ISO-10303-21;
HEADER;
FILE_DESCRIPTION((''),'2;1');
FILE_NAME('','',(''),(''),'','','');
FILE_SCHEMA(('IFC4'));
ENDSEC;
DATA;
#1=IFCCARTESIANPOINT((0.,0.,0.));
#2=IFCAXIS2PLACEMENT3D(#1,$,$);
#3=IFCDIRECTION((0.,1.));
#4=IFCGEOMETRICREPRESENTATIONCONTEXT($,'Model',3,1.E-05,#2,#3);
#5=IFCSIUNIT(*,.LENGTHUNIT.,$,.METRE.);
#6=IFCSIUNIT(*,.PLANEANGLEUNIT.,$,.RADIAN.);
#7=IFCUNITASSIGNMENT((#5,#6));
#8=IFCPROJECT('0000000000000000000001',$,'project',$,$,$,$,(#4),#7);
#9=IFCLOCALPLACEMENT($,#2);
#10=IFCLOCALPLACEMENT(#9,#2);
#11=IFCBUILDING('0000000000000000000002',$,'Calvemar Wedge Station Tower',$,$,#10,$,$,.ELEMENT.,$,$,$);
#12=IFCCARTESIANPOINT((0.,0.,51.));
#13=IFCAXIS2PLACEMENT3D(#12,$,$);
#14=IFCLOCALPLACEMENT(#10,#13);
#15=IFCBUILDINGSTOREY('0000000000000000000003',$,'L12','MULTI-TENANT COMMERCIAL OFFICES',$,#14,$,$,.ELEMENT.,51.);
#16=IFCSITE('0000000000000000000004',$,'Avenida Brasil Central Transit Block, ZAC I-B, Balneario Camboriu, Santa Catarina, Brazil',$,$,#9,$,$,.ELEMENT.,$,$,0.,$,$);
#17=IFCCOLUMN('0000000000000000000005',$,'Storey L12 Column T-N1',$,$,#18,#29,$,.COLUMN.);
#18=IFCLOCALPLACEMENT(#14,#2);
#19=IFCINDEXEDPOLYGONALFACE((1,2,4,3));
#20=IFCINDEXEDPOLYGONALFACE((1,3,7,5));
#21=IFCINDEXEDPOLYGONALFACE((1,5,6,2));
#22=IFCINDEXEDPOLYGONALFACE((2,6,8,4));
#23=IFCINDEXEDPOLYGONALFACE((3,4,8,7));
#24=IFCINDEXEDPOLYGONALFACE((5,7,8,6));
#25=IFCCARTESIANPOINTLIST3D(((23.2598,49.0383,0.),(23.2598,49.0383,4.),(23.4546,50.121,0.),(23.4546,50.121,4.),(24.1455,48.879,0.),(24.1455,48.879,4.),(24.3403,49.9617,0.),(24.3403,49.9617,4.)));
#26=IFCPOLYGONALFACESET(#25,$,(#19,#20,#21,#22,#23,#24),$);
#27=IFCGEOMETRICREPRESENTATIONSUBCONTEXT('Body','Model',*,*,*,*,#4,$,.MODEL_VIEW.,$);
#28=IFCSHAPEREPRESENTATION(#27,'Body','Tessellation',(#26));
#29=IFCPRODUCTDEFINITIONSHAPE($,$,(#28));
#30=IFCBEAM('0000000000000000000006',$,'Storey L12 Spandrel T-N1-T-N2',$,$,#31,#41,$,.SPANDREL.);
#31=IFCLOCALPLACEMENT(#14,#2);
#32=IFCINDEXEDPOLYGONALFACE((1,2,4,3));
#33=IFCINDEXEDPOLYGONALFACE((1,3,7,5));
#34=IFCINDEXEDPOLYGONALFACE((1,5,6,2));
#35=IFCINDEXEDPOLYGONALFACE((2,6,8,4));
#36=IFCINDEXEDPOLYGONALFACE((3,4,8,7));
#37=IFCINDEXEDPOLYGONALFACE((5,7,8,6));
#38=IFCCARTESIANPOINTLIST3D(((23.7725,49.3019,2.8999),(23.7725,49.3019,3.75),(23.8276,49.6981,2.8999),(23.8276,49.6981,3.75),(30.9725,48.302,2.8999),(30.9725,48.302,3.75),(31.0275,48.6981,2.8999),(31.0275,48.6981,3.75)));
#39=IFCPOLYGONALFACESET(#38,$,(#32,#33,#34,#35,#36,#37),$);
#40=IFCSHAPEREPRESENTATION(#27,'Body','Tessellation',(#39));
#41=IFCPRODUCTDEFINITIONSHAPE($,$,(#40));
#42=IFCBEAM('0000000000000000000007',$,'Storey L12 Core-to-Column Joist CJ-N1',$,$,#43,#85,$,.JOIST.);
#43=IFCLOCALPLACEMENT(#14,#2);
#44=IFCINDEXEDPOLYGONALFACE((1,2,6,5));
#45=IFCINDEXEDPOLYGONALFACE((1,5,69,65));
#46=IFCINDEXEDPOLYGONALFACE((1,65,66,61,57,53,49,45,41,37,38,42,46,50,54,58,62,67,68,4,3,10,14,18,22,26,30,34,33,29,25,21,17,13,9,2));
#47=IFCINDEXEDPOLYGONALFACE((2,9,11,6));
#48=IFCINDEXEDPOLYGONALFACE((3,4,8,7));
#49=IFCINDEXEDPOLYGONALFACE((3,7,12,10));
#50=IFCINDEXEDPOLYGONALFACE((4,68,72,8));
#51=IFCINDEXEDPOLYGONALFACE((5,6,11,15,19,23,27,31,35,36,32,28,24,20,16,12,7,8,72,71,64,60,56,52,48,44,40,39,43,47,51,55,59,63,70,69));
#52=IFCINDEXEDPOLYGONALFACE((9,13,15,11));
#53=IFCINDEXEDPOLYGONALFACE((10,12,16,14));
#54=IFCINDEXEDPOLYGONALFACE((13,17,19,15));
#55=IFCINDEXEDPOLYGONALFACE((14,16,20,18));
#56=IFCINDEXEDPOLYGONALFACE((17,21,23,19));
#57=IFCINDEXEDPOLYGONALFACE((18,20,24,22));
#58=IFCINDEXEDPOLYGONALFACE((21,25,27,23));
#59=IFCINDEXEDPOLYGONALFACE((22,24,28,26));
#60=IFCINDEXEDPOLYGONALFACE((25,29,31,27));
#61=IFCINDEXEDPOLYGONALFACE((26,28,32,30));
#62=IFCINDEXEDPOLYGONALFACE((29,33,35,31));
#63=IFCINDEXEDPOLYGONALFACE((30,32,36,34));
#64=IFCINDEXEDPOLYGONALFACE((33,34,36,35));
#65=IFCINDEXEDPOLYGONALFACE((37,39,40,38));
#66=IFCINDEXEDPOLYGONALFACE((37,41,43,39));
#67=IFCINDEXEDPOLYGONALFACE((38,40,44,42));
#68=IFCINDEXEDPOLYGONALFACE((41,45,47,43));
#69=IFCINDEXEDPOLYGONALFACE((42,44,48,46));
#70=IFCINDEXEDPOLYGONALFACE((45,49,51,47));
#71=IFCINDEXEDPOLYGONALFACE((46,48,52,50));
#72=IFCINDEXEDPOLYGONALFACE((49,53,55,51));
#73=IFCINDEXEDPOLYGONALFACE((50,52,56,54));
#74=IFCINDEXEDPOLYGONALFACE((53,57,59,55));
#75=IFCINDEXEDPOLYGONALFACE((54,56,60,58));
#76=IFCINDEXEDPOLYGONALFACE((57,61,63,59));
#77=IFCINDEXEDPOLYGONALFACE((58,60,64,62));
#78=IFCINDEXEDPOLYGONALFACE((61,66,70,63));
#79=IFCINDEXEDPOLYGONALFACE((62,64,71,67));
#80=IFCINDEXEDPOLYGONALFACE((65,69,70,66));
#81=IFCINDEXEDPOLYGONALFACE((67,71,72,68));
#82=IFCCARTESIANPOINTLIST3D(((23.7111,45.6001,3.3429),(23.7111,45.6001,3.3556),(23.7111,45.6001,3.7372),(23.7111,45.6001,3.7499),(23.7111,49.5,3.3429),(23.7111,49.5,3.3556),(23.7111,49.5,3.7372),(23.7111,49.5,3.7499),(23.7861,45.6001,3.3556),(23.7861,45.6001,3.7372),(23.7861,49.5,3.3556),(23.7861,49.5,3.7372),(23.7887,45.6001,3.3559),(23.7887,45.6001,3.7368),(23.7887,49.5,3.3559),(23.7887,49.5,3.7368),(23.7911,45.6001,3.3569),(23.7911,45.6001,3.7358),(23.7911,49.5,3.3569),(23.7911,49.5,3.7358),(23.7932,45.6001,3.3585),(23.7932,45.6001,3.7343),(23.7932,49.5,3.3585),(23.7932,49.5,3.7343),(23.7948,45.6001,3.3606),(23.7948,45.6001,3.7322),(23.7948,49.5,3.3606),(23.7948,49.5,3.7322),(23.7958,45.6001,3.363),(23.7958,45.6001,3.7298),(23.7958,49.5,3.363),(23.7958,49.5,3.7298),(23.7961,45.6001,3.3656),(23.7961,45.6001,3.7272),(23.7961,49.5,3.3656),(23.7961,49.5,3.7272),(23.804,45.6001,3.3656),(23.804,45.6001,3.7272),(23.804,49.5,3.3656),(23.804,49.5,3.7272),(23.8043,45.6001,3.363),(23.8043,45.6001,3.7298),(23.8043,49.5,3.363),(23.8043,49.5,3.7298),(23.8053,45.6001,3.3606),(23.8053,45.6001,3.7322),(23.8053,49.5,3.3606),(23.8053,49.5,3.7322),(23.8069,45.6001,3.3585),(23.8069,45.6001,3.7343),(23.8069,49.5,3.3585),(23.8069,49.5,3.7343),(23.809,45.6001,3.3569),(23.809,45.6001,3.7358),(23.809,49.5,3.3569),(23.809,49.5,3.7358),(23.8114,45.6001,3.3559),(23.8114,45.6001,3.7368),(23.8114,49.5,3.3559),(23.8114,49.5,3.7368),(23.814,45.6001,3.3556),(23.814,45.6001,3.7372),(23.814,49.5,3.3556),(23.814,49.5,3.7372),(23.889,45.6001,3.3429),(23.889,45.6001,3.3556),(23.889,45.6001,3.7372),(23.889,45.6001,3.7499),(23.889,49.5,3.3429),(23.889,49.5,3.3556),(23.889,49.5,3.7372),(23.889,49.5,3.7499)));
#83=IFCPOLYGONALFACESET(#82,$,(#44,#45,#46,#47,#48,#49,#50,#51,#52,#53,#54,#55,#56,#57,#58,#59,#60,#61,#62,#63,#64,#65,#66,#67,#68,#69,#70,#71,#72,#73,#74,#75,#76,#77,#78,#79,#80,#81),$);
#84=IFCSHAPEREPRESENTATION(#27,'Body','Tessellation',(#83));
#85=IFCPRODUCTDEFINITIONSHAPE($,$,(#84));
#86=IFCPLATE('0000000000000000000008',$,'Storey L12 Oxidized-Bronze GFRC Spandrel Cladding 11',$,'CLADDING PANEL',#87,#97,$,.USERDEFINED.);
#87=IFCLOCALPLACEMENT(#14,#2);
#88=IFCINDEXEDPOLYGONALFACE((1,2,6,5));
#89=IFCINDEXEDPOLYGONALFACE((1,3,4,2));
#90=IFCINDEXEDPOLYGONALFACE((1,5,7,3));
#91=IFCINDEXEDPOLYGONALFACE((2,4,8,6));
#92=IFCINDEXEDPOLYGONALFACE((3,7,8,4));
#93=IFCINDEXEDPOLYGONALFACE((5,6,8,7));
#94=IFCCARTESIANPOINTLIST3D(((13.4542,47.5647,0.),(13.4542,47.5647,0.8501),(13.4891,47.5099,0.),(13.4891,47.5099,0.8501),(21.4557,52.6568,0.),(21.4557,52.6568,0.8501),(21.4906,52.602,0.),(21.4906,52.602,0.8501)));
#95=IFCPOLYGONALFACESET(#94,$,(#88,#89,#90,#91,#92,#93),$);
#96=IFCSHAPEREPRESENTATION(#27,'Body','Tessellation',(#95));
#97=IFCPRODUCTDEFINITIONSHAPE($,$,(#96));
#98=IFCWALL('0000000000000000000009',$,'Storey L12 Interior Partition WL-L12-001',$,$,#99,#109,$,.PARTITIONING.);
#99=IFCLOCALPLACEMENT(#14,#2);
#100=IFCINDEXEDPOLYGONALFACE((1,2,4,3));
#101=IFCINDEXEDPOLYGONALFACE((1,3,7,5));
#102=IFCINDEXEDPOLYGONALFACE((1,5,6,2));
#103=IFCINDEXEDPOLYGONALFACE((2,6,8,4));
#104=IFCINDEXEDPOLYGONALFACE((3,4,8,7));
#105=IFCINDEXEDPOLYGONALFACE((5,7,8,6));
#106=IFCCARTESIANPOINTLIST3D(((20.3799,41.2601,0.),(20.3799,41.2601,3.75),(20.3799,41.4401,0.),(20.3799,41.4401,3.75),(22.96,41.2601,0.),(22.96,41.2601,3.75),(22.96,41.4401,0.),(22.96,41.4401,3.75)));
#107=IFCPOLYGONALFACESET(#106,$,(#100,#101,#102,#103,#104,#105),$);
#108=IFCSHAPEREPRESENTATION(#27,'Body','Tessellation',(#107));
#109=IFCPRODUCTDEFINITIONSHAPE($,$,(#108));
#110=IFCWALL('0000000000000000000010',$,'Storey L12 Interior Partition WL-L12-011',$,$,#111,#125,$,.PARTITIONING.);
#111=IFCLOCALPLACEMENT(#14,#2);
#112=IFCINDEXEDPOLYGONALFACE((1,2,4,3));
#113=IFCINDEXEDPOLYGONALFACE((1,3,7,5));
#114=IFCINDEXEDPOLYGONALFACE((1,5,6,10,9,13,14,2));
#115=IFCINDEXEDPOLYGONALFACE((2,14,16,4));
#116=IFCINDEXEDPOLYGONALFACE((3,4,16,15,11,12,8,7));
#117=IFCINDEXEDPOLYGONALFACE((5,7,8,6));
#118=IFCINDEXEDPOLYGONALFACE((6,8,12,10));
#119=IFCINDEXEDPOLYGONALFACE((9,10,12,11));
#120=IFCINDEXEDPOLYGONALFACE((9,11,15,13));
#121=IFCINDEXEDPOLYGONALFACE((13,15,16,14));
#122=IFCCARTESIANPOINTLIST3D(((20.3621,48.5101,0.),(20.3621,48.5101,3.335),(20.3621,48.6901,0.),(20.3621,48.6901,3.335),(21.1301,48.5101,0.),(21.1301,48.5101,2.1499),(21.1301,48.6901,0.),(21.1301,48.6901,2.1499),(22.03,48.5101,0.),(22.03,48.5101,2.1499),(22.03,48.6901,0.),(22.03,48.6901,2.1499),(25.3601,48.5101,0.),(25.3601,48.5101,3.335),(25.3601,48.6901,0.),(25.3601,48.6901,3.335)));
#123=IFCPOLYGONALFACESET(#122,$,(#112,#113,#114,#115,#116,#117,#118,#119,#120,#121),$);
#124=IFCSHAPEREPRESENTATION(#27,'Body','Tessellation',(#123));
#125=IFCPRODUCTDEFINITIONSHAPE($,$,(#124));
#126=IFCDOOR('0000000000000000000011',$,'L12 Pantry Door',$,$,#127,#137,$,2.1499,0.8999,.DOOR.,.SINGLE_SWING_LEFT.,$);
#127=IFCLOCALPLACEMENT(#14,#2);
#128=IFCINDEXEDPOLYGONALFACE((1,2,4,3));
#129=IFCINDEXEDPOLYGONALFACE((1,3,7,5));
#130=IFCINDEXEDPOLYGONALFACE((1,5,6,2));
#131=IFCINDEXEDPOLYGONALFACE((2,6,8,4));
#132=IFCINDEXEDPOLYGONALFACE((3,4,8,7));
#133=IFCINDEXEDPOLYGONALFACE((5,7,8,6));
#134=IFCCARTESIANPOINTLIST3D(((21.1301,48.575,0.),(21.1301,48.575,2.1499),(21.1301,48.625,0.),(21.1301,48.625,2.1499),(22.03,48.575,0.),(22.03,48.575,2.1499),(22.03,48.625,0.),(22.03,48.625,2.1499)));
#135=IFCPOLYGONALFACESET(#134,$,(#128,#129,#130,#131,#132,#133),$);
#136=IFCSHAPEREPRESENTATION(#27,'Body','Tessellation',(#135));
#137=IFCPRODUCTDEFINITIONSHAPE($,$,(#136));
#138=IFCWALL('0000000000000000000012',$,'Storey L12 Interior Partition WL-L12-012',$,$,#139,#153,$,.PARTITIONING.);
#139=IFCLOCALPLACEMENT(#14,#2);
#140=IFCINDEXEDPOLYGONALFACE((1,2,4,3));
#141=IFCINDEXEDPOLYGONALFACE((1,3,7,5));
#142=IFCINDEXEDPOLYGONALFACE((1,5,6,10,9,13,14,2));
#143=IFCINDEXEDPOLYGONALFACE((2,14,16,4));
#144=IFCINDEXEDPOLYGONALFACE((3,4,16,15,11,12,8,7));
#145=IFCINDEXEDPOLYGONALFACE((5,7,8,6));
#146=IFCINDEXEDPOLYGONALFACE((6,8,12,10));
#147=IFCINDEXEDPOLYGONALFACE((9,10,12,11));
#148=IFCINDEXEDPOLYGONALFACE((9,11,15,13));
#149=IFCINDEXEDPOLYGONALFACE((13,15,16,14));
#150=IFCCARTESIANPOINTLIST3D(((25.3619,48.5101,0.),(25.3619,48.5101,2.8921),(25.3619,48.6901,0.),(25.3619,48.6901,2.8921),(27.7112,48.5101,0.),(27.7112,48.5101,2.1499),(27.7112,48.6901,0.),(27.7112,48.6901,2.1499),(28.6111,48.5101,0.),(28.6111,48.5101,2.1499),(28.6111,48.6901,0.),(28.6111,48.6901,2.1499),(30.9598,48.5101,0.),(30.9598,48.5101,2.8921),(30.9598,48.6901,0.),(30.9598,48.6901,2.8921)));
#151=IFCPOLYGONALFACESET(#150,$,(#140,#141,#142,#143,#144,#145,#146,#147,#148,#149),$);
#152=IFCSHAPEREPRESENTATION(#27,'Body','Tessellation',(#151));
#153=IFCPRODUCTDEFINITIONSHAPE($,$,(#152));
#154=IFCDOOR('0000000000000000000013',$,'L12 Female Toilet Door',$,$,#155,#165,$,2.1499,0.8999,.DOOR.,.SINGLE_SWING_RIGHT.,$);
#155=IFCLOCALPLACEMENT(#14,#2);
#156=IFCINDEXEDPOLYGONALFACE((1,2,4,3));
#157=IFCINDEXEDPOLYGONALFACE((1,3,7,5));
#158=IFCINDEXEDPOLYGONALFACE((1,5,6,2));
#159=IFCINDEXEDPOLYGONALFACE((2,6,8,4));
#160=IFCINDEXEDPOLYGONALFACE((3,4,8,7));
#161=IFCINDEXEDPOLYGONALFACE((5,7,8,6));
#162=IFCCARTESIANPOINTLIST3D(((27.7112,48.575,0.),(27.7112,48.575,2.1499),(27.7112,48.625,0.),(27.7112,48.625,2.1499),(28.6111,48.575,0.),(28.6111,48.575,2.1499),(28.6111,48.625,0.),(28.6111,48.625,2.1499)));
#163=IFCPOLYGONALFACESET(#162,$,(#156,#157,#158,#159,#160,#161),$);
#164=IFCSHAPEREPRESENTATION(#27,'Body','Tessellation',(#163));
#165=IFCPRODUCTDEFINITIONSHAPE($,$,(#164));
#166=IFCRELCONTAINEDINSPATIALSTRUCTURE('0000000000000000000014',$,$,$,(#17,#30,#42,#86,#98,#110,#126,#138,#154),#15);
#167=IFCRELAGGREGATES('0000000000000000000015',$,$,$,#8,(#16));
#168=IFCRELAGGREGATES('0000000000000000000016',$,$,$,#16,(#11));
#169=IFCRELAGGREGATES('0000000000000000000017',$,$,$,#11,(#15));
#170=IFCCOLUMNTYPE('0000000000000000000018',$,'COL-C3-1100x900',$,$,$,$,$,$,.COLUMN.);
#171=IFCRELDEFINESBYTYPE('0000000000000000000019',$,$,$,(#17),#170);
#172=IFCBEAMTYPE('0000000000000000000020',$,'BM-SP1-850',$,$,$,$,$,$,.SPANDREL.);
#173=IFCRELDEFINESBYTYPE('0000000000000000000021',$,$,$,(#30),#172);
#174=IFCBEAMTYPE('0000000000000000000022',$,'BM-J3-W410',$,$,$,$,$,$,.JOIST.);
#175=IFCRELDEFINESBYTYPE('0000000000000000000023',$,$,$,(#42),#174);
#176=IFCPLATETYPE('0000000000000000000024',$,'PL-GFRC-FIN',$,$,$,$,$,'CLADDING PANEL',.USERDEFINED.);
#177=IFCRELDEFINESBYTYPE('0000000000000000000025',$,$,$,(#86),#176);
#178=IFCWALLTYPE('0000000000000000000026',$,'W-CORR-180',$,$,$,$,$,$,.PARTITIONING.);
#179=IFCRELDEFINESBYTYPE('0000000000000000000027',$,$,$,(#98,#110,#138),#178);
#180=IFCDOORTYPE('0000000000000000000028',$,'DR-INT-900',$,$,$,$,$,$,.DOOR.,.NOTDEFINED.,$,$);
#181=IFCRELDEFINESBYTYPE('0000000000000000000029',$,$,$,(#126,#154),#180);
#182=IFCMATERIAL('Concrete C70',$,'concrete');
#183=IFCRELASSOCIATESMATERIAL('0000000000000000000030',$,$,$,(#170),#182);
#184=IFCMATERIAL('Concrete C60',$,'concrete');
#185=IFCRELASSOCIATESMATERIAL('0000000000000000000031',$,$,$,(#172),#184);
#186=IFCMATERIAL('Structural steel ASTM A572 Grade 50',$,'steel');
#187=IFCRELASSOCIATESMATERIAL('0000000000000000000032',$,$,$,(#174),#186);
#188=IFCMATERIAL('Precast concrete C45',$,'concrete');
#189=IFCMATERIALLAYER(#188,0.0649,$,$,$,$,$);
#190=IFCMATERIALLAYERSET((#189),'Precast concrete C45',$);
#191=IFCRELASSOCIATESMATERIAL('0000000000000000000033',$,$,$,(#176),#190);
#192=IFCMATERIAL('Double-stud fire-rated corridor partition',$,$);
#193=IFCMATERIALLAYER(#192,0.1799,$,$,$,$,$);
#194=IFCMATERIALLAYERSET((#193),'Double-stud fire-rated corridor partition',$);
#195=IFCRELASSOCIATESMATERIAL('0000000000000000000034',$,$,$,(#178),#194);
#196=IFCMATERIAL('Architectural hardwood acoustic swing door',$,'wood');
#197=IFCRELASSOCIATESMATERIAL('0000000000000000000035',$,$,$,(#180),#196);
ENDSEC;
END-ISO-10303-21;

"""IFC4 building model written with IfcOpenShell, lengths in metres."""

from ifc_helpers import new_model, si_unit, direction, frame, frame_2d, origin, origin_2d, place, context, subcontext, project, spatial, rectangle, i_section, extrude, source, transform, mapped, material, layer, layer_set, material_profile, profile_set, type_object, element, fill, save


model = new_model("IFC4")

# Units and contexts
model_context = context("Model", 3, precision=1e-05, world=origin(), true_north=direction((0.0, 1.0)))
body_context = subcontext(model_context, "Body", "Model", "MODEL_VIEW")
ifc_project = project(units=[si_unit("LENGTHUNIT", "METRE"), si_unit("PLANEANGLEUNIT", "RADIAN")], contexts=[model_context])

# Site, building, storey
site_placement = place(None, origin())
site = spatial("IfcSite", under=ifc_project, at=site_placement, Name="Avenida Brasil Central Transit Block, ZAC I-B, Balneario Camboriu, Santa Catarina, Brazil", CompositionType="ELEMENT", RefElevation=0.0)
building_placement = place(site_placement, origin())
building = spatial("IfcBuilding", under=site, at=building_placement, Name="Calvemar Wedge Station Tower", CompositionType="ELEMENT")
storey_placement = place(building_placement, frame((0.0, 0.0, 51.0)))
storey = spatial("IfcBuildingStorey", under=building, at=storey_placement, Name="L12", Description="MULTI-TENANT COMMERCIAL OFFICES", CompositionType="ELEMENT", Elevation=51.0)

# Column
ifc_material_1 = material(Name="Concrete C70", Category="concrete")
ifc_material_profile_1 = material_profile(ifc_material_1, rectangle(XDim=0.8999, YDim=1.1001, at=origin_2d()), Name="RC1100x900")
ifc_profile_set_1 = profile_set([ifc_material_profile_1], Name="Concrete C70")
column_type = type_object("IfcColumnType", Name="COL-C3-1100x900", PredefinedType="COLUMN", material=ifc_profile_set_1)
shared_shape_1 = source(origin(), body_context, "Body", "SweptSolid", [
    extrude(rectangle(XDim=0.8999, YDim=1.1001, at=origin_2d()), origin(), (0.0, 0.0, 1.0), 4.0),
])
column_placement = place(storey_placement, frame((23.8, 49.5, 0.0), z_axis=(0.0, 0.0, 1.0), x_axis=(0.984196, -0.177085, 0.0)))
element("IfcColumn", 1, at=column_placement, inside=storey, type_object=column_type, Name="Storey L12 Column T-N1", PredefinedType="COLUMN", context=body_context, shape_type="MappedRepresentation", body=[
    mapped(shared_shape_1, transform((0.0, 0.0, 0.0), scale=1.0)),
])

# Beams
ifc_material_2 = material(Name="Concrete C60", Category="concrete")
ifc_material_profile_2 = material_profile(ifc_material_2, rectangle(XDim=0.3999, YDim=0.8501, at=origin_2d()), Name="RC400x850")
ifc_profile_set_2 = profile_set([ifc_material_profile_2], Name="Concrete C60")
beam_type_1 = type_object("IfcBeamType", Name="BM-SP1-850", PredefinedType="SPANDREL", material=ifc_profile_set_2)
shared_shape_2 = source(origin(), body_context, "Body", "SweptSolid", [
    extrude(rectangle(XDim=0.3999, YDim=0.8501, at=origin_2d()), origin(), (0.0, 0.0, 1.0), 7.269),
])
beam_1_placement = place(storey_placement, frame((23.8, 49.5, 3.325), z_axis=(0.990492, -0.137569, 0.0), x_axis=(0.137569, 0.990492, 0.0)))
element("IfcBeam", 2, at=beam_1_placement, inside=storey, type_object=beam_type_1, Name="Storey L12 Spandrel T-N1-T-N2", PredefinedType="SPANDREL", context=body_context, shape_type="MappedRepresentation", body=[
    mapped(shared_shape_2, transform((0.0, 0.0, 0.0), scale=1.0)),
])
ifc_material_3 = material(Name="Structural steel ASTM A572 Grade 50", Category="steel")
ifc_material_profile_3 = material_profile(ifc_material_3, i_section(OverallWidth=0.178, OverallDepth=0.407, WebThickness=0.0078, FlangeThickness=0.0127, FilletRadius=0.01, at=origin_2d()), Name="W410x60")
ifc_profile_set_3 = profile_set([ifc_material_profile_3], Name="Structural steel ASTM A572 Grade 50")
beam_type_2 = type_object("IfcBeamType", Name="BM-J3-W410", PredefinedType="JOIST", material=ifc_profile_set_3)
shared_shape_3 = source(origin(), body_context, "Body", "SweptSolid", [
    extrude(i_section(OverallWidth=0.178, OverallDepth=0.407, WebThickness=0.0078, FlangeThickness=0.0127, FilletRadius=0.01, at=origin_2d()), origin(), (0.0, 0.0, 1.0), 3.8999),
])
beam_2_placement = place(storey_placement, frame((23.8, 45.6001, 3.5464), z_axis=(0.0, 1.0, 0.0), x_axis=(-1.0, 0.0, 0.0)))
element("IfcBeam", 3, at=beam_2_placement, inside=storey, type_object=beam_type_2, Name="Storey L12 Core-to-Column Joist CJ-N1", PredefinedType="JOIST", context=body_context, shape_type="MappedRepresentation", body=[
    mapped(shared_shape_3, transform((0.0, 0.0, 0.0), scale=1.0)),
])

# Plate
ifc_material_4 = material(Name="Precast concrete C45", Category="concrete")
ifc_layer_1 = layer(ifc_material_4, 0.0649)
ifc_layer_set_1 = layer_set([ifc_layer_1], Name="Precast concrete C45")
plate_type = type_object("IfcPlateType", Name="PL-GFRC-FIN", ElementType="CLADDING PANEL", PredefinedType="USERDEFINED", material=ifc_layer_set_1)
plate_placement = place(storey_placement, frame((21.4731, 52.6294, 0.0), z_axis=(0.0, 0.0, 1.0), x_axis=(-0.843652, -0.53689, 0.0)))
element("IfcPlate", 4, at=plate_placement, inside=storey, type_object=plate_type, Name="Storey L12 Oxidized-Bronze GFRC Spandrel Cladding 11", ObjectType="CLADDING PANEL", PredefinedType="USERDEFINED", context=body_context, shape_type="SweptSolid", body=[
    extrude(rectangle(XDim=9.4844, YDim=0.0649, at=frame_2d((4.7422, 0.0))), origin(), (0.0, 0.0, 1.0), 0.8501),
])

# Wall
ifc_material_5 = material(Name="Double-stud fire-rated corridor partition")
ifc_layer_2 = layer(ifc_material_5, 0.1799)
ifc_layer_set_2 = layer_set([ifc_layer_2], Name="Double-stud fire-rated corridor partition")
wall_type_1 = type_object("IfcWallType", Name="W-CORR-180", PredefinedType="PARTITIONING", material=ifc_layer_set_2)
wall_1_placement = place(storey_placement, frame((22.96, 41.3501, 0.0), z_axis=(0.0, 0.0, 1.0), x_axis=(-1.0, 0.0, 0.0)))
element("IfcWall", 5, at=wall_1_placement, inside=storey, type_object=wall_type_1, Name="Storey L12 Interior Partition WL-L12-001", PredefinedType="PARTITIONING", context=body_context, shape_type="SweptSolid", body=[
    extrude(rectangle(XDim=2.5801, YDim=0.1799, at=frame_2d((1.29, 0.0))), origin(), (0.0, 0.0, 1.0), 3.75),
])

# Walls, openings, doors
wall_2_placement = place(storey_placement, frame((20.3621, 48.6001, 0.0), z_axis=(0.0, 0.0, 1.0), x_axis=(1.0, 0.0, 0.0)))
wall_2 = element("IfcWall", 6, at=wall_2_placement, inside=storey, type_object=wall_type_1, Name="Storey L12 Interior Partition WL-L12-011", PredefinedType="PARTITIONING", context=body_context, shape_type="SweptSolid", body=[
    extrude(rectangle(XDim=4.998, YDim=0.1799, at=frame_2d((2.499, 0.0))), origin(), (0.0, 0.0, 1.0), 3.335),
])
shared_shape_4 = source(origin(), body_context, "Body", "SweptSolid", [
    extrude(rectangle(XDim=0.8999, YDim=2.1499, at=frame_2d((0.45, 1.075))), frame((0.0, 0.1001, 0.0), z_axis=(0.0, -1.0, 0.0), x_axis=(1.0, 0.0, 0.0)), (0.0, 0.0, 1.0), 0.2),
])
opening_1_placement = place(wall_2_placement, frame((0.7681, 0.0, 0.0)))
opening_1 = element("IfcOpeningElement", 7, at=opening_1_placement, cuts=wall_2, PredefinedType="OPENING", context=body_context, shape_type="MappedRepresentation", body=[
    mapped(shared_shape_4, transform((0.0, 0.0, 0.0), scale=1.0)),
])
ifc_material_6 = material(Name="Architectural hardwood acoustic swing door", Category="wood")
door_type_1 = type_object("IfcDoorType", Name="DR-INT-900", OperationType="NOTDEFINED", PredefinedType="DOOR", material=ifc_material_6)
shared_shape_5 = source(origin(), body_context, "Body", "SweptSolid", [
    extrude(rectangle(XDim=0.8999, YDim=2.1499, at=frame_2d((0.45, 1.075))), frame((0.0, 0.0249, 0.0), z_axis=(0.0, -1.0, 0.0), x_axis=(1.0, 0.0, 0.0)), (0.0, 0.0, 1.0), 0.05),
])
door_1_placement = place(opening_1_placement, origin())
door_1 = element("IfcDoor", 8, at=door_1_placement, inside=storey, type_object=door_type_1, Name="L12 Pantry Door", OperationType="SINGLE_SWING_LEFT", OverallHeight=2.1499, OverallWidth=0.8999, PredefinedType="DOOR", context=body_context, shape_type="MappedRepresentation", body=[
    mapped(shared_shape_5, transform((0.0, 0.0, 0.0), scale=1.0)),
])
fill(opening_1, door_1)
wall_3_placement = place(storey_placement, frame((25.3621, 48.6001, 0.0), z_axis=(0.0, 0.0, 1.0), x_axis=(1.0, 0.0, 0.0)))
wall_3 = element("IfcWall", 9, at=wall_3_placement, inside=storey, type_object=wall_type_1, Name="Storey L12 Interior Partition WL-L12-012", PredefinedType="PARTITIONING", context=body_context, shape_type="SweptSolid", body=[
    extrude(rectangle(XDim=5.5979, YDim=0.1799, at=frame_2d((2.7988, 0.0))), origin(), (0.0, 0.0, 1.0), 2.8921),
])
opening_2_placement = place(wall_3_placement, frame((2.3491, 0.0, 0.0)))
opening_2 = element("IfcOpeningElement", 10, at=opening_2_placement, cuts=wall_3, PredefinedType="OPENING", context=body_context, shape_type="MappedRepresentation", body=[
    mapped(shared_shape_4, transform((0.0, 0.0, 0.0), scale=1.0)),
])
door_2_placement = place(opening_2_placement, origin())
door_2 = element("IfcDoor", 11, at=door_2_placement, inside=storey, type_object=door_type_1, Name="L12 Female Toilet Door", OperationType="SINGLE_SWING_RIGHT", OverallHeight=2.1499, OverallWidth=0.8999, PredefinedType="DOOR", context=body_context, shape_type="MappedRepresentation", body=[
    mapped(shared_shape_5, transform((0.0, 0.0, 0.0), scale=1.0)),
])
fill(opening_2, door_2)

save(model, "model.ifc")
